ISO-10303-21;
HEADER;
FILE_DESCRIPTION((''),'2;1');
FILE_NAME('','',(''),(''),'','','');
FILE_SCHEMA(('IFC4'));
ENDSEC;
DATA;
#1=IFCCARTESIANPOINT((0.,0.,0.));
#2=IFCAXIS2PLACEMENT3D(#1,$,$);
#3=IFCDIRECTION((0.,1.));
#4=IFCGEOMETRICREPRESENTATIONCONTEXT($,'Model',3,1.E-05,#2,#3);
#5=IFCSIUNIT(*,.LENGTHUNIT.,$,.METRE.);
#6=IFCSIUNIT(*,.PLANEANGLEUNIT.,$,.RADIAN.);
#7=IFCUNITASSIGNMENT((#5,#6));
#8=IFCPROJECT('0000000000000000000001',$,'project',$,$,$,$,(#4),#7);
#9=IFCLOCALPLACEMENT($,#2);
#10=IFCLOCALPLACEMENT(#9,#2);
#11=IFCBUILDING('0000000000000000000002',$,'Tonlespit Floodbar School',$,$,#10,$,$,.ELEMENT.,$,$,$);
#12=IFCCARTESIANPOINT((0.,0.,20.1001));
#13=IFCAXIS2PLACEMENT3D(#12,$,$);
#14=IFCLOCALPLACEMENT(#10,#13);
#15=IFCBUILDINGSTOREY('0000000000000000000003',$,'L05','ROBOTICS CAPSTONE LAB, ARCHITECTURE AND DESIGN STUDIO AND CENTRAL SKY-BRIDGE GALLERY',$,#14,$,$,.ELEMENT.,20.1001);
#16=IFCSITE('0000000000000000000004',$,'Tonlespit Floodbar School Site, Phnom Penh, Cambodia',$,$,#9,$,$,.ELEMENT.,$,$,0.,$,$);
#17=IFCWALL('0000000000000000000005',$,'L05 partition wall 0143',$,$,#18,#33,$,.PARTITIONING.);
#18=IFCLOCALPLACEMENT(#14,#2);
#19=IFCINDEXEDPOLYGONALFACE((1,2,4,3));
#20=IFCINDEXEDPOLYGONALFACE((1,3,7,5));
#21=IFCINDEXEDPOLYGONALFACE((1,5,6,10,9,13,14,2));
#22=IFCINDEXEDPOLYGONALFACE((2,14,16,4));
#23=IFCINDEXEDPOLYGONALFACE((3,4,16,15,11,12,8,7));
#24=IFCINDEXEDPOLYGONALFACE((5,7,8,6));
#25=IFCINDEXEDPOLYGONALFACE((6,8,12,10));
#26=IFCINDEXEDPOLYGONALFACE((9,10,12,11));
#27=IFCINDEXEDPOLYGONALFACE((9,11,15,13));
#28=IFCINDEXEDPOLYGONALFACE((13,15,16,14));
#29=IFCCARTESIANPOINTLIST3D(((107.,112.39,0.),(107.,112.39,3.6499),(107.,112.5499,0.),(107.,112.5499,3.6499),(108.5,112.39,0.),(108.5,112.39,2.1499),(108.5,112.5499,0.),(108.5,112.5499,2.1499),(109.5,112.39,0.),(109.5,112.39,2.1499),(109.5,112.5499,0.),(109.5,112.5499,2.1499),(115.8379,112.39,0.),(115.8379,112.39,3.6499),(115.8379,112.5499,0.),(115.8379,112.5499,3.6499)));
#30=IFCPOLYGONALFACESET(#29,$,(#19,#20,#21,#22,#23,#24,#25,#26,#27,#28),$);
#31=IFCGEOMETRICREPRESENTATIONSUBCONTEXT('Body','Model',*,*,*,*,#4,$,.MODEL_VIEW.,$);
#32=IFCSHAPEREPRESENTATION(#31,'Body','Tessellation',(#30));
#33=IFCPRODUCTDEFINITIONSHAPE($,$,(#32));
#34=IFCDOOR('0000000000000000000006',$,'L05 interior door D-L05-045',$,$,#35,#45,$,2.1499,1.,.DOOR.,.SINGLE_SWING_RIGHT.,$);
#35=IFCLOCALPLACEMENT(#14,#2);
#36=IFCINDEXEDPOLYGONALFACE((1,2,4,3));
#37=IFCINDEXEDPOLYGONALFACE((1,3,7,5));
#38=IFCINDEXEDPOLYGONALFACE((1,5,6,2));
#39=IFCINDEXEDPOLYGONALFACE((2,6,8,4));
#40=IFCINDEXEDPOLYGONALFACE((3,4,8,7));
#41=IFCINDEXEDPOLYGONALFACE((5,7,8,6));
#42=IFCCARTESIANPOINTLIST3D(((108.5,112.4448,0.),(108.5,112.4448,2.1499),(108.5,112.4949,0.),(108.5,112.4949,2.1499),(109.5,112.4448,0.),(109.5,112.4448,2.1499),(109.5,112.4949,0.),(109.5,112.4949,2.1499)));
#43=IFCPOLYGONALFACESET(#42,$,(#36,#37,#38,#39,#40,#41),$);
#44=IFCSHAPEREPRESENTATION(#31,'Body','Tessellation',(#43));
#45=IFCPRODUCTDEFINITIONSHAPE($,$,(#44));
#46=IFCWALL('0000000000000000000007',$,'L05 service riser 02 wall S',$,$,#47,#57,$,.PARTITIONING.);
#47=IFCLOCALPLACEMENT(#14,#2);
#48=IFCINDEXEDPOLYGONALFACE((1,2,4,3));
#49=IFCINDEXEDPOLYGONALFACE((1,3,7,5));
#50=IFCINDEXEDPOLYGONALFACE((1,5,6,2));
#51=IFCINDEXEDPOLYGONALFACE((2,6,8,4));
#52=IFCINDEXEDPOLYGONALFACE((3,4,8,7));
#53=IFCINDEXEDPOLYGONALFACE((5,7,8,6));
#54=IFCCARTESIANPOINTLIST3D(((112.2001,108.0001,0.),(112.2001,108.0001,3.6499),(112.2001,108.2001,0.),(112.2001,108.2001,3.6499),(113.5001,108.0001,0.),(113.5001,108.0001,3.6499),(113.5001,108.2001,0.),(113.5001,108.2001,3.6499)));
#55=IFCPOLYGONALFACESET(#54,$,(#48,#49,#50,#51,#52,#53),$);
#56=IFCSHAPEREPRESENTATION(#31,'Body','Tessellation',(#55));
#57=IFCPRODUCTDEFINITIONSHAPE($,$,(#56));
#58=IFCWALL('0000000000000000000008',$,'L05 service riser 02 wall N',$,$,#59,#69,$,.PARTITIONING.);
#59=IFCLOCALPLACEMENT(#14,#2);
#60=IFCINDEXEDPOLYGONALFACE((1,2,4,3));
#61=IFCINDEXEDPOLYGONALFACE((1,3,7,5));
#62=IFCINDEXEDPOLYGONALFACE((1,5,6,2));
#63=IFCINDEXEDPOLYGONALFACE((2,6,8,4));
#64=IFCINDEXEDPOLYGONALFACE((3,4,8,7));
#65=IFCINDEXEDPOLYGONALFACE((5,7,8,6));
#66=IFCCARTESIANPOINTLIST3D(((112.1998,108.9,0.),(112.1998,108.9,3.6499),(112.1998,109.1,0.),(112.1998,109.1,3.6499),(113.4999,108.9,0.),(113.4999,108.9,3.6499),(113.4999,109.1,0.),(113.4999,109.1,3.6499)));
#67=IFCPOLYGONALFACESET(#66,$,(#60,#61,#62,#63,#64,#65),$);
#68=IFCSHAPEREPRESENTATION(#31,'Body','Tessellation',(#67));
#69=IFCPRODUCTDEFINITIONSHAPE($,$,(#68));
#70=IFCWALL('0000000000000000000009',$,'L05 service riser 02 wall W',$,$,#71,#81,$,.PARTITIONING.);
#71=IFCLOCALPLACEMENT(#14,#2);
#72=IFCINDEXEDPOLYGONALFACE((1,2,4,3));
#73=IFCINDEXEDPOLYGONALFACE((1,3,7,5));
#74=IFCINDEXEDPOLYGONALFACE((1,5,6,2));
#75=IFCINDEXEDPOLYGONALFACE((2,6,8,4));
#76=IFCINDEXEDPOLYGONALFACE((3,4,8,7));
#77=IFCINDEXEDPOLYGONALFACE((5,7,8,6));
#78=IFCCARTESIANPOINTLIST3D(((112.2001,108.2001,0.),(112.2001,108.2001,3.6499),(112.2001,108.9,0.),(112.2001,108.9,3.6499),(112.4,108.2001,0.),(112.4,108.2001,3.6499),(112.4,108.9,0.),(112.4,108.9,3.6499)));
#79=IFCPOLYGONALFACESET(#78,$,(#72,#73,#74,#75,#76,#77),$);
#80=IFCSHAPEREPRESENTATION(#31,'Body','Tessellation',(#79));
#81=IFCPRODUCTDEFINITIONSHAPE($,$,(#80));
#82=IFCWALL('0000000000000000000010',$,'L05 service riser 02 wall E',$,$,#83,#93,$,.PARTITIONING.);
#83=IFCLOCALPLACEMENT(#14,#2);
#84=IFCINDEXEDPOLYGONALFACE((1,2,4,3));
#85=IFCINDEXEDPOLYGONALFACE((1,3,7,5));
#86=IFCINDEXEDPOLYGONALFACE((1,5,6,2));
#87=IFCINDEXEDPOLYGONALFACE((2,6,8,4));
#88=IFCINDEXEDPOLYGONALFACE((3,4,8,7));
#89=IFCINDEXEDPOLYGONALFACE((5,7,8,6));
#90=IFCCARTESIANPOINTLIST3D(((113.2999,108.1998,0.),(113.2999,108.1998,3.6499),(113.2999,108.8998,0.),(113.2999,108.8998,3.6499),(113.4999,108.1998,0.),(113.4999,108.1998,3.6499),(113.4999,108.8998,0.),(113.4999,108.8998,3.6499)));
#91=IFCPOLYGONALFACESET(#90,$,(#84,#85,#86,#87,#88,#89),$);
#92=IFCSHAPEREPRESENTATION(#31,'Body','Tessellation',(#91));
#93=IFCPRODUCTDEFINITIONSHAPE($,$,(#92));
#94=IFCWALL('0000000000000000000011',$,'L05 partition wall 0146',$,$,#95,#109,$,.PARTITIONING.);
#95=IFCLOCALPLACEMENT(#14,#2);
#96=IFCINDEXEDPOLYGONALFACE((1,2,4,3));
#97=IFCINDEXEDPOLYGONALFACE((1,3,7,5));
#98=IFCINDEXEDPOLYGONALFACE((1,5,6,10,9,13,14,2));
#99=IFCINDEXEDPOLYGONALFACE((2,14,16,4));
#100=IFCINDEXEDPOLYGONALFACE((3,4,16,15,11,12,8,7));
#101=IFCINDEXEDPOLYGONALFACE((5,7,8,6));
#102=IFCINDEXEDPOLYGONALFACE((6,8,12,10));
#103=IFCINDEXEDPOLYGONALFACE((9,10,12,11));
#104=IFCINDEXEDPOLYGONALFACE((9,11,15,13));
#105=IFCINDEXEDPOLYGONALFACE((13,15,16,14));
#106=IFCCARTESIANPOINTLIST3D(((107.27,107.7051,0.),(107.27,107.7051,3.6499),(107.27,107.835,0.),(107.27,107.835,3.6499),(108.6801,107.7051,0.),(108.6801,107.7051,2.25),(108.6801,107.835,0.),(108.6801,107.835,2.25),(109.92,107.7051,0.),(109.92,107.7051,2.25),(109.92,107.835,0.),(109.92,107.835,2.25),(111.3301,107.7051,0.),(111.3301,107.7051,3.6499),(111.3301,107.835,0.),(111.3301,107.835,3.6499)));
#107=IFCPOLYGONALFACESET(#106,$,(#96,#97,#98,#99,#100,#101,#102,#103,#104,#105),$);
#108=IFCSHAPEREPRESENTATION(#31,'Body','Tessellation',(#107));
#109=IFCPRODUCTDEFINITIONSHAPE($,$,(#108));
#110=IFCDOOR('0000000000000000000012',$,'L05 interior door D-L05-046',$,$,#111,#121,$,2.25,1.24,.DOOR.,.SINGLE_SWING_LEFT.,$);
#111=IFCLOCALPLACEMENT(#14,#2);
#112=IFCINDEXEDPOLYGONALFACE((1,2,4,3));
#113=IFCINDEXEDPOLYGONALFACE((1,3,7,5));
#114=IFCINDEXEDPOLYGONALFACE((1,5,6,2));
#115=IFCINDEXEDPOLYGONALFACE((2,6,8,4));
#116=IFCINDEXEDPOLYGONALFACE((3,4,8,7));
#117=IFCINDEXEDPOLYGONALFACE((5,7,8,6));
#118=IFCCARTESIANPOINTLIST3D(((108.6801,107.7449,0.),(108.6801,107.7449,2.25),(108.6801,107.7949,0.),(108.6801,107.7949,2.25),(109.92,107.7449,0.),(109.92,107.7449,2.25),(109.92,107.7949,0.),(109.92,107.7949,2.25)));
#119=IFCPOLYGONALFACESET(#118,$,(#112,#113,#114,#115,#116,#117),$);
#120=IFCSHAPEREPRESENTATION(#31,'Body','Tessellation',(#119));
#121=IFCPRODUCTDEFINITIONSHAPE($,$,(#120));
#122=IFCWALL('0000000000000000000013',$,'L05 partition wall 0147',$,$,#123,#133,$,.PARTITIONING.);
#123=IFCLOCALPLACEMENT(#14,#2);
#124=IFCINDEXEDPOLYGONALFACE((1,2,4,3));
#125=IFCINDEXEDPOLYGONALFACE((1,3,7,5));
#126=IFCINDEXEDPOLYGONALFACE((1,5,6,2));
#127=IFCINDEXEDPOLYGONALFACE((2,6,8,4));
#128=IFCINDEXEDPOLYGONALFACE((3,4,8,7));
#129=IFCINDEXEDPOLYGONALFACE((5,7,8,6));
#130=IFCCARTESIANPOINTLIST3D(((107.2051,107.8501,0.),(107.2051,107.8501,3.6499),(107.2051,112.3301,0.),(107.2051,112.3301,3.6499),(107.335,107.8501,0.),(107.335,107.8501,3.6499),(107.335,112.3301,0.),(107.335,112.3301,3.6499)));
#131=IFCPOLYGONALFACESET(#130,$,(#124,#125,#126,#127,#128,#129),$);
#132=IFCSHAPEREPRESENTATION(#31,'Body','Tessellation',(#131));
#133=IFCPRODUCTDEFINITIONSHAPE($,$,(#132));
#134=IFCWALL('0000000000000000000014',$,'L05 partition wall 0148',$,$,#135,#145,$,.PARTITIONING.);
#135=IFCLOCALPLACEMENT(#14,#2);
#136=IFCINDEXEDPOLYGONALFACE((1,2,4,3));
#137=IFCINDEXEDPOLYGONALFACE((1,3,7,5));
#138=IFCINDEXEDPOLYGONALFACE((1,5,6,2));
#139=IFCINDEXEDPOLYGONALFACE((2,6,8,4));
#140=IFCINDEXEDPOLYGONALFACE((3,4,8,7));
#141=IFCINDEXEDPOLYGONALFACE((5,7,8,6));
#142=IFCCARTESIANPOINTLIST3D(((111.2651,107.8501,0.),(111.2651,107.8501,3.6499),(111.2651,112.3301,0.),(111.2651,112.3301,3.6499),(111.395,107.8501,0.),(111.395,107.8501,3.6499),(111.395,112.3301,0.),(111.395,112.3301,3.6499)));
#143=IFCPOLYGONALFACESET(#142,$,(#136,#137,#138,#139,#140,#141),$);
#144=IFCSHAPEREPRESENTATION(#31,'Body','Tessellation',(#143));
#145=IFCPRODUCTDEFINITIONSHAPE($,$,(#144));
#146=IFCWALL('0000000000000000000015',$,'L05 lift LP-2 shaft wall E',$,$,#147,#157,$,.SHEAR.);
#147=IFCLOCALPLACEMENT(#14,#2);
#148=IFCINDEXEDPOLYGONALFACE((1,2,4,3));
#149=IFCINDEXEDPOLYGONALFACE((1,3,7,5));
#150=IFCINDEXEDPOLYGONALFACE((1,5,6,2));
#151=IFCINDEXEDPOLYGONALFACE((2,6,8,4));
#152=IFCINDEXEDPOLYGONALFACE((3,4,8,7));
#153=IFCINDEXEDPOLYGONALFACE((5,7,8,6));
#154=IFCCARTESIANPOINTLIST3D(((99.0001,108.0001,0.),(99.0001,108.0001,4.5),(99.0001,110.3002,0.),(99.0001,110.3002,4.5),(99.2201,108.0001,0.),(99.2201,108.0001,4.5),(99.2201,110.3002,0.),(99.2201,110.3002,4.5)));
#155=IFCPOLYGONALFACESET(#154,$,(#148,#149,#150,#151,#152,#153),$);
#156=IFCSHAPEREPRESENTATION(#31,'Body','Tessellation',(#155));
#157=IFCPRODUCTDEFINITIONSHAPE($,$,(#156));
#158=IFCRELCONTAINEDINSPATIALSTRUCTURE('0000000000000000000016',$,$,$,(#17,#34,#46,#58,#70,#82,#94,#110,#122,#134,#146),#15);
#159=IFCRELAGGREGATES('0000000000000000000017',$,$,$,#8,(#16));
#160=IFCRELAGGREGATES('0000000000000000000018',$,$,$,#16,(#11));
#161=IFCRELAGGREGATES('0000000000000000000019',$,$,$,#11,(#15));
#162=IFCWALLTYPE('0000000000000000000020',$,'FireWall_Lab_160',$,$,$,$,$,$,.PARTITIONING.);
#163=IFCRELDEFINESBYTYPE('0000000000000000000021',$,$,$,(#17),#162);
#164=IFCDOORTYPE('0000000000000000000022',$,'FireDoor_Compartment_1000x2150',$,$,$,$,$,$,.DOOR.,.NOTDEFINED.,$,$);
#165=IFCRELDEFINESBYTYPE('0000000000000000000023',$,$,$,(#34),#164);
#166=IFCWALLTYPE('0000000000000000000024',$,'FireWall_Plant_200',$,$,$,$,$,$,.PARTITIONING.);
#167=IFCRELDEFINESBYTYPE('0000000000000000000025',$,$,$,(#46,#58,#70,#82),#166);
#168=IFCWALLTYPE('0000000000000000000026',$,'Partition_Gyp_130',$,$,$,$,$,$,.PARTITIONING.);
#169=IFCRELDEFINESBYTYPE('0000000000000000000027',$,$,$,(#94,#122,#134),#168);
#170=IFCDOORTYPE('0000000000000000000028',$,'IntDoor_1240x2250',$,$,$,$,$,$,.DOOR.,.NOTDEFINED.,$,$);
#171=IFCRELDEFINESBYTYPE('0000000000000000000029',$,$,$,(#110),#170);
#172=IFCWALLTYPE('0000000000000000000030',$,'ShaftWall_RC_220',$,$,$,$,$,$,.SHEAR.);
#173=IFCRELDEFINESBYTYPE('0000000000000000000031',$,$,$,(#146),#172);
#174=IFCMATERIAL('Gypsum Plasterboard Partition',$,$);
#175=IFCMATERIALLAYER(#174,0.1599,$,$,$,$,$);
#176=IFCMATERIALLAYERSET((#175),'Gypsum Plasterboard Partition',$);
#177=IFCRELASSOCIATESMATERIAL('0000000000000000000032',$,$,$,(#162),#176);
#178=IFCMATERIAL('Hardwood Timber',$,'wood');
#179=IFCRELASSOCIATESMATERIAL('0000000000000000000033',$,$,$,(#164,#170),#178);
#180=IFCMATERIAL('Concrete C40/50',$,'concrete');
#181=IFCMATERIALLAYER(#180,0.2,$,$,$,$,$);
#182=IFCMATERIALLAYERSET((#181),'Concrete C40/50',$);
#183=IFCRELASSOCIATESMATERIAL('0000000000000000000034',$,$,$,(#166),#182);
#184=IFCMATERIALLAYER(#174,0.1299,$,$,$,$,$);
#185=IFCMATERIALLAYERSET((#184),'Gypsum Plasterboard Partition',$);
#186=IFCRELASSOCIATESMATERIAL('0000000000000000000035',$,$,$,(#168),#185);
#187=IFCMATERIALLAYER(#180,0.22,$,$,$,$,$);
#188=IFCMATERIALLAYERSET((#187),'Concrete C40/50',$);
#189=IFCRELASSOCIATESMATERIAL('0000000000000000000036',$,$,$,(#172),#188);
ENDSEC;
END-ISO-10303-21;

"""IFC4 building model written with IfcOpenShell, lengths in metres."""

from ifc_helpers import new_model, si_unit, direction, frame, frame_2d, origin, place, context, subcontext, project, spatial, rectangle, extrude, material, layer, layer_set, type_object, element, fill, save


model = new_model("IFC4")

# Units and contexts
model_context = context("Model", 3, precision=1e-05, world=origin(), true_north=direction((0.0, 1.0)))
body_context = subcontext(model_context, "Body", "Model", "MODEL_VIEW")
ifc_project = project(units=[si_unit("LENGTHUNIT", "METRE"), si_unit("PLANEANGLEUNIT", "RADIAN")], contexts=[model_context])

# Site, building, storey
site_placement = place(None, origin())
site = spatial("IfcSite", under=ifc_project, at=site_placement, Name="Tonlespit Floodbar School Site, Phnom Penh, Cambodia", CompositionType="ELEMENT", RefElevation=0.0)
building_placement = place(site_placement, origin())
building = spatial("IfcBuilding", under=site, at=building_placement, Name="Tonlespit Floodbar School", CompositionType="ELEMENT")
storey_placement = place(building_placement, frame((0.0, 0.0, 20.1001)))
storey = spatial("IfcBuildingStorey", under=building, at=storey_placement, Name="L05", Description="ROBOTICS CAPSTONE LAB, ARCHITECTURE AND DESIGN STUDIO AND CENTRAL SKY-BRIDGE GALLERY", CompositionType="ELEMENT", Elevation=20.1001)

# Shared definitions
ifc_material_1 = material(Name="Concrete C40/50", Category="concrete")

# Wall, opening, door
ifc_material_2 = material(Name="Gypsum Plasterboard Partition")
ifc_layer_1 = layer(ifc_material_2, 0.1599)
ifc_layer_set_1 = layer_set([ifc_layer_1], Name="Gypsum Plasterboard Partition")
wall_type_1 = type_object("IfcWallType", Name="FireWall_Lab_160", PredefinedType="PARTITIONING", material=ifc_layer_set_1)
wall_1_placement = place(storey_placement, frame((107.0, 112.47, 0.0), z_axis=(0.0, 0.0, 1.0), x_axis=(1.0, 0.0, 0.0)))
wall_1 = element("IfcWall", 1, at=wall_1_placement, inside=storey, type_object=wall_type_1, Name="L05 partition wall 0143", PredefinedType="PARTITIONING", context=body_context, shape_type="SweptSolid", body=[
    extrude(rectangle(XDim=8.8379, YDim=0.1599, at=frame_2d((4.4189, 0.0))), origin(), (0.0, 0.0, 1.0), 3.6499),
])
opening_1_placement = place(wall_1_placement, frame((1.5, 0.0, 0.0)))
opening_1 = element("IfcOpeningElement", 2, at=opening_1_placement, cuts=wall_1, PredefinedType="OPENING", context=body_context, shape_type="SweptSolid", body=[
    extrude(rectangle(XDim=1.0, YDim=2.1499, at=frame_2d((0.5, 1.075))), frame((0.0, 0.0898, 0.0), z_axis=(0.0, -1.0, 0.0), x_axis=(1.0, 0.0, 0.0)), (0.0, 0.0, 1.0), 0.1799),
])
ifc_material_3 = material(Name="Hardwood Timber", Category="wood")
door_type_1 = type_object("IfcDoorType", Name="FireDoor_Compartment_1000x2150", OperationType="NOTDEFINED", PredefinedType="DOOR", material=ifc_material_3)
door_1_placement = place(opening_1_placement, origin())
door_1 = element("IfcDoor", 3, at=door_1_placement, inside=storey, type_object=door_type_1, Name="L05 interior door D-L05-045", OperationType="SINGLE_SWING_RIGHT", OverallHeight=2.1499, OverallWidth=1.0, PredefinedType="DOOR", context=body_context, shape_type="SweptSolid", body=[
    extrude(rectangle(XDim=1.0, YDim=2.1499, at=frame_2d((0.5, 1.075))), frame((0.0, 0.0249, 0.0), z_axis=(0.0, -1.0, 0.0), x_axis=(1.0, 0.0, 0.0)), (0.0, 0.0, 1.0), 0.05),
])
fill(opening_1, door_1)

# Walls
ifc_layer_2 = layer(ifc_material_1, 0.2)
ifc_layer_set_2 = layer_set([ifc_layer_2], Name="Concrete C40/50")
wall_type_2 = type_object("IfcWallType", Name="FireWall_Plant_200", PredefinedType="PARTITIONING", material=ifc_layer_set_2)
for number, where, z_axis, x_axis, name in (
    (4, (113.5, 108.1001, 0.0), (0.0, 0.0, 1.0), (-1.0, 0.0, 0.0), "L05 service riser 02 wall S"),
    (5, (112.2, 109.0, 0.0), (0.0, 0.0, 1.0), (1.0, 0.0, 0.0), "L05 service riser 02 wall N"),
):
    element("IfcWall", number, at=place(storey_placement, frame(where, z_axis=z_axis, x_axis=x_axis)), inside=storey, type_object=wall_type_2, Name=name, PredefinedType="PARTITIONING", context=body_context, shape_type="SweptSolid", body=[
        extrude(rectangle(XDim=1.3, YDim=0.2, at=frame_2d((0.6499, 0.0))), origin(), (0.0, 0.0, 1.0), 3.6499),
    ])
for number, where, z_axis, x_axis, name in (
    (6, (112.3, 108.2, 0.0), (0.0, 0.0, 1.0), (0.0, 1.0, 0.0), "L05 service riser 02 wall W"),
    (7, (113.3999, 108.8999, 0.0), (0.0, 0.0, 1.0), (0.0, -1.0, 0.0), "L05 service riser 02 wall E"),
):
    element("IfcWall", number, at=place(storey_placement, frame(where, z_axis=z_axis, x_axis=x_axis)), inside=storey, type_object=wall_type_2, Name=name, PredefinedType="PARTITIONING", context=body_context, shape_type="SweptSolid", body=[
        extrude(rectangle(XDim=0.7, YDim=0.2, at=frame_2d((0.3501, 0.0))), origin(), (0.0, 0.0, 1.0), 3.6499),
    ])

# Wall, opening, door
ifc_layer_3 = layer(ifc_material_2, 0.1299)
ifc_layer_set_3 = layer_set([ifc_layer_3], Name="Gypsum Plasterboard Partition")
wall_type_3 = type_object("IfcWallType", Name="Partition_Gyp_130", PredefinedType="PARTITIONING", material=ifc_layer_set_3)
wall_2_placement = place(storey_placement, frame((107.27, 107.77, 0.0), z_axis=(0.0, 0.0, 1.0), x_axis=(1.0, 0.0, 0.0)))
wall_2 = element("IfcWall", 8, at=wall_2_placement, inside=storey, type_object=wall_type_3, Name="L05 partition wall 0146", PredefinedType="PARTITIONING", context=body_context, shape_type="SweptSolid", body=[
    extrude(rectangle(XDim=4.0601, YDim=0.1299, at=frame_2d((2.03, 0.0))), origin(), (0.0, 0.0, 1.0), 3.6499),
])
opening_2_placement = place(wall_2_placement, frame((1.4099, 0.0, 0.0)))
opening_2 = element("IfcOpeningElement", 9, at=opening_2_placement, cuts=wall_2, PredefinedType="OPENING", context=body_context, shape_type="SweptSolid", body=[
    extrude(rectangle(XDim=1.24, YDim=2.25, at=frame_2d((0.6201, 1.125))), frame((0.0, 0.075, 0.0), z_axis=(0.0, -1.0, 0.0), x_axis=(1.0, 0.0, 0.0)), (0.0, 0.0, 1.0), 0.1499),
])
door_type_2 = type_object("IfcDoorType", Name="IntDoor_1240x2250", OperationType="NOTDEFINED", PredefinedType="DOOR", material=ifc_material_3)
door_2_placement = place(opening_2_placement, origin())
door_2 = element("IfcDoor", 10, at=door_2_placement, inside=storey, type_object=door_type_2, Name="L05 interior door D-L05-046", OperationType="SINGLE_SWING_LEFT", OverallHeight=2.25, OverallWidth=1.24, PredefinedType="DOOR", context=body_context, shape_type="SweptSolid", body=[
    extrude(rectangle(XDim=1.24, YDim=2.25, at=frame_2d((0.6201, 1.125))), frame((0.0, 0.0249, 0.0), z_axis=(0.0, -1.0, 0.0), x_axis=(1.0, 0.0, 0.0)), (0.0, 0.0, 1.0), 0.05),
])
fill(opening_2, door_2)

# Walls
for number, where, z_axis, x_axis, name in (
    (11, (107.27, 107.8501, 0.0), (0.0, 0.0, 1.0), (0.0, 1.0, 0.0), "L05 partition wall 0147"),
    (12, (111.3301, 107.8501, 0.0), (0.0, 0.0, 1.0), (0.0, 1.0, 0.0), "L05 partition wall 0148"),
):
    element("IfcWall", number, at=place(storey_placement, frame(where, z_axis=z_axis, x_axis=x_axis)), inside=storey, type_object=wall_type_3, Name=name, PredefinedType="PARTITIONING", context=body_context, shape_type="SweptSolid", body=[
        extrude(rectangle(XDim=4.48, YDim=0.1299, at=frame_2d((2.24, 0.0))), origin(), (0.0, 0.0, 1.0), 3.6499),
    ])

# Shared definitions
ifc_layer_4 = layer(ifc_material_1, 0.22)
ifc_layer_set_4 = layer_set([ifc_layer_4], Name="Concrete C40/50")
wall_type_4 = type_object("IfcWallType", Name="ShaftWall_RC_220", PredefinedType="SHEAR", material=ifc_layer_set_4)

# Wall
wall_3_placement = place(storey_placement, frame((99.1101, 110.3, 0.0), z_axis=(0.0, 0.0, 1.0), x_axis=(0.0, -1.0, 0.0)))
element("IfcWall", 13, at=wall_3_placement, inside=storey, type_object=wall_type_4, Name="L05 lift LP-2 shaft wall E", PredefinedType="SHEAR", context=body_context, shape_type="SweptSolid", body=[
    extrude(rectangle(XDim=2.3, YDim=0.22, at=frame_2d((1.1499, 0.0))), origin(), (0.0, 0.0, 1.0), 4.5),
])

save(model, "model.ifc")
